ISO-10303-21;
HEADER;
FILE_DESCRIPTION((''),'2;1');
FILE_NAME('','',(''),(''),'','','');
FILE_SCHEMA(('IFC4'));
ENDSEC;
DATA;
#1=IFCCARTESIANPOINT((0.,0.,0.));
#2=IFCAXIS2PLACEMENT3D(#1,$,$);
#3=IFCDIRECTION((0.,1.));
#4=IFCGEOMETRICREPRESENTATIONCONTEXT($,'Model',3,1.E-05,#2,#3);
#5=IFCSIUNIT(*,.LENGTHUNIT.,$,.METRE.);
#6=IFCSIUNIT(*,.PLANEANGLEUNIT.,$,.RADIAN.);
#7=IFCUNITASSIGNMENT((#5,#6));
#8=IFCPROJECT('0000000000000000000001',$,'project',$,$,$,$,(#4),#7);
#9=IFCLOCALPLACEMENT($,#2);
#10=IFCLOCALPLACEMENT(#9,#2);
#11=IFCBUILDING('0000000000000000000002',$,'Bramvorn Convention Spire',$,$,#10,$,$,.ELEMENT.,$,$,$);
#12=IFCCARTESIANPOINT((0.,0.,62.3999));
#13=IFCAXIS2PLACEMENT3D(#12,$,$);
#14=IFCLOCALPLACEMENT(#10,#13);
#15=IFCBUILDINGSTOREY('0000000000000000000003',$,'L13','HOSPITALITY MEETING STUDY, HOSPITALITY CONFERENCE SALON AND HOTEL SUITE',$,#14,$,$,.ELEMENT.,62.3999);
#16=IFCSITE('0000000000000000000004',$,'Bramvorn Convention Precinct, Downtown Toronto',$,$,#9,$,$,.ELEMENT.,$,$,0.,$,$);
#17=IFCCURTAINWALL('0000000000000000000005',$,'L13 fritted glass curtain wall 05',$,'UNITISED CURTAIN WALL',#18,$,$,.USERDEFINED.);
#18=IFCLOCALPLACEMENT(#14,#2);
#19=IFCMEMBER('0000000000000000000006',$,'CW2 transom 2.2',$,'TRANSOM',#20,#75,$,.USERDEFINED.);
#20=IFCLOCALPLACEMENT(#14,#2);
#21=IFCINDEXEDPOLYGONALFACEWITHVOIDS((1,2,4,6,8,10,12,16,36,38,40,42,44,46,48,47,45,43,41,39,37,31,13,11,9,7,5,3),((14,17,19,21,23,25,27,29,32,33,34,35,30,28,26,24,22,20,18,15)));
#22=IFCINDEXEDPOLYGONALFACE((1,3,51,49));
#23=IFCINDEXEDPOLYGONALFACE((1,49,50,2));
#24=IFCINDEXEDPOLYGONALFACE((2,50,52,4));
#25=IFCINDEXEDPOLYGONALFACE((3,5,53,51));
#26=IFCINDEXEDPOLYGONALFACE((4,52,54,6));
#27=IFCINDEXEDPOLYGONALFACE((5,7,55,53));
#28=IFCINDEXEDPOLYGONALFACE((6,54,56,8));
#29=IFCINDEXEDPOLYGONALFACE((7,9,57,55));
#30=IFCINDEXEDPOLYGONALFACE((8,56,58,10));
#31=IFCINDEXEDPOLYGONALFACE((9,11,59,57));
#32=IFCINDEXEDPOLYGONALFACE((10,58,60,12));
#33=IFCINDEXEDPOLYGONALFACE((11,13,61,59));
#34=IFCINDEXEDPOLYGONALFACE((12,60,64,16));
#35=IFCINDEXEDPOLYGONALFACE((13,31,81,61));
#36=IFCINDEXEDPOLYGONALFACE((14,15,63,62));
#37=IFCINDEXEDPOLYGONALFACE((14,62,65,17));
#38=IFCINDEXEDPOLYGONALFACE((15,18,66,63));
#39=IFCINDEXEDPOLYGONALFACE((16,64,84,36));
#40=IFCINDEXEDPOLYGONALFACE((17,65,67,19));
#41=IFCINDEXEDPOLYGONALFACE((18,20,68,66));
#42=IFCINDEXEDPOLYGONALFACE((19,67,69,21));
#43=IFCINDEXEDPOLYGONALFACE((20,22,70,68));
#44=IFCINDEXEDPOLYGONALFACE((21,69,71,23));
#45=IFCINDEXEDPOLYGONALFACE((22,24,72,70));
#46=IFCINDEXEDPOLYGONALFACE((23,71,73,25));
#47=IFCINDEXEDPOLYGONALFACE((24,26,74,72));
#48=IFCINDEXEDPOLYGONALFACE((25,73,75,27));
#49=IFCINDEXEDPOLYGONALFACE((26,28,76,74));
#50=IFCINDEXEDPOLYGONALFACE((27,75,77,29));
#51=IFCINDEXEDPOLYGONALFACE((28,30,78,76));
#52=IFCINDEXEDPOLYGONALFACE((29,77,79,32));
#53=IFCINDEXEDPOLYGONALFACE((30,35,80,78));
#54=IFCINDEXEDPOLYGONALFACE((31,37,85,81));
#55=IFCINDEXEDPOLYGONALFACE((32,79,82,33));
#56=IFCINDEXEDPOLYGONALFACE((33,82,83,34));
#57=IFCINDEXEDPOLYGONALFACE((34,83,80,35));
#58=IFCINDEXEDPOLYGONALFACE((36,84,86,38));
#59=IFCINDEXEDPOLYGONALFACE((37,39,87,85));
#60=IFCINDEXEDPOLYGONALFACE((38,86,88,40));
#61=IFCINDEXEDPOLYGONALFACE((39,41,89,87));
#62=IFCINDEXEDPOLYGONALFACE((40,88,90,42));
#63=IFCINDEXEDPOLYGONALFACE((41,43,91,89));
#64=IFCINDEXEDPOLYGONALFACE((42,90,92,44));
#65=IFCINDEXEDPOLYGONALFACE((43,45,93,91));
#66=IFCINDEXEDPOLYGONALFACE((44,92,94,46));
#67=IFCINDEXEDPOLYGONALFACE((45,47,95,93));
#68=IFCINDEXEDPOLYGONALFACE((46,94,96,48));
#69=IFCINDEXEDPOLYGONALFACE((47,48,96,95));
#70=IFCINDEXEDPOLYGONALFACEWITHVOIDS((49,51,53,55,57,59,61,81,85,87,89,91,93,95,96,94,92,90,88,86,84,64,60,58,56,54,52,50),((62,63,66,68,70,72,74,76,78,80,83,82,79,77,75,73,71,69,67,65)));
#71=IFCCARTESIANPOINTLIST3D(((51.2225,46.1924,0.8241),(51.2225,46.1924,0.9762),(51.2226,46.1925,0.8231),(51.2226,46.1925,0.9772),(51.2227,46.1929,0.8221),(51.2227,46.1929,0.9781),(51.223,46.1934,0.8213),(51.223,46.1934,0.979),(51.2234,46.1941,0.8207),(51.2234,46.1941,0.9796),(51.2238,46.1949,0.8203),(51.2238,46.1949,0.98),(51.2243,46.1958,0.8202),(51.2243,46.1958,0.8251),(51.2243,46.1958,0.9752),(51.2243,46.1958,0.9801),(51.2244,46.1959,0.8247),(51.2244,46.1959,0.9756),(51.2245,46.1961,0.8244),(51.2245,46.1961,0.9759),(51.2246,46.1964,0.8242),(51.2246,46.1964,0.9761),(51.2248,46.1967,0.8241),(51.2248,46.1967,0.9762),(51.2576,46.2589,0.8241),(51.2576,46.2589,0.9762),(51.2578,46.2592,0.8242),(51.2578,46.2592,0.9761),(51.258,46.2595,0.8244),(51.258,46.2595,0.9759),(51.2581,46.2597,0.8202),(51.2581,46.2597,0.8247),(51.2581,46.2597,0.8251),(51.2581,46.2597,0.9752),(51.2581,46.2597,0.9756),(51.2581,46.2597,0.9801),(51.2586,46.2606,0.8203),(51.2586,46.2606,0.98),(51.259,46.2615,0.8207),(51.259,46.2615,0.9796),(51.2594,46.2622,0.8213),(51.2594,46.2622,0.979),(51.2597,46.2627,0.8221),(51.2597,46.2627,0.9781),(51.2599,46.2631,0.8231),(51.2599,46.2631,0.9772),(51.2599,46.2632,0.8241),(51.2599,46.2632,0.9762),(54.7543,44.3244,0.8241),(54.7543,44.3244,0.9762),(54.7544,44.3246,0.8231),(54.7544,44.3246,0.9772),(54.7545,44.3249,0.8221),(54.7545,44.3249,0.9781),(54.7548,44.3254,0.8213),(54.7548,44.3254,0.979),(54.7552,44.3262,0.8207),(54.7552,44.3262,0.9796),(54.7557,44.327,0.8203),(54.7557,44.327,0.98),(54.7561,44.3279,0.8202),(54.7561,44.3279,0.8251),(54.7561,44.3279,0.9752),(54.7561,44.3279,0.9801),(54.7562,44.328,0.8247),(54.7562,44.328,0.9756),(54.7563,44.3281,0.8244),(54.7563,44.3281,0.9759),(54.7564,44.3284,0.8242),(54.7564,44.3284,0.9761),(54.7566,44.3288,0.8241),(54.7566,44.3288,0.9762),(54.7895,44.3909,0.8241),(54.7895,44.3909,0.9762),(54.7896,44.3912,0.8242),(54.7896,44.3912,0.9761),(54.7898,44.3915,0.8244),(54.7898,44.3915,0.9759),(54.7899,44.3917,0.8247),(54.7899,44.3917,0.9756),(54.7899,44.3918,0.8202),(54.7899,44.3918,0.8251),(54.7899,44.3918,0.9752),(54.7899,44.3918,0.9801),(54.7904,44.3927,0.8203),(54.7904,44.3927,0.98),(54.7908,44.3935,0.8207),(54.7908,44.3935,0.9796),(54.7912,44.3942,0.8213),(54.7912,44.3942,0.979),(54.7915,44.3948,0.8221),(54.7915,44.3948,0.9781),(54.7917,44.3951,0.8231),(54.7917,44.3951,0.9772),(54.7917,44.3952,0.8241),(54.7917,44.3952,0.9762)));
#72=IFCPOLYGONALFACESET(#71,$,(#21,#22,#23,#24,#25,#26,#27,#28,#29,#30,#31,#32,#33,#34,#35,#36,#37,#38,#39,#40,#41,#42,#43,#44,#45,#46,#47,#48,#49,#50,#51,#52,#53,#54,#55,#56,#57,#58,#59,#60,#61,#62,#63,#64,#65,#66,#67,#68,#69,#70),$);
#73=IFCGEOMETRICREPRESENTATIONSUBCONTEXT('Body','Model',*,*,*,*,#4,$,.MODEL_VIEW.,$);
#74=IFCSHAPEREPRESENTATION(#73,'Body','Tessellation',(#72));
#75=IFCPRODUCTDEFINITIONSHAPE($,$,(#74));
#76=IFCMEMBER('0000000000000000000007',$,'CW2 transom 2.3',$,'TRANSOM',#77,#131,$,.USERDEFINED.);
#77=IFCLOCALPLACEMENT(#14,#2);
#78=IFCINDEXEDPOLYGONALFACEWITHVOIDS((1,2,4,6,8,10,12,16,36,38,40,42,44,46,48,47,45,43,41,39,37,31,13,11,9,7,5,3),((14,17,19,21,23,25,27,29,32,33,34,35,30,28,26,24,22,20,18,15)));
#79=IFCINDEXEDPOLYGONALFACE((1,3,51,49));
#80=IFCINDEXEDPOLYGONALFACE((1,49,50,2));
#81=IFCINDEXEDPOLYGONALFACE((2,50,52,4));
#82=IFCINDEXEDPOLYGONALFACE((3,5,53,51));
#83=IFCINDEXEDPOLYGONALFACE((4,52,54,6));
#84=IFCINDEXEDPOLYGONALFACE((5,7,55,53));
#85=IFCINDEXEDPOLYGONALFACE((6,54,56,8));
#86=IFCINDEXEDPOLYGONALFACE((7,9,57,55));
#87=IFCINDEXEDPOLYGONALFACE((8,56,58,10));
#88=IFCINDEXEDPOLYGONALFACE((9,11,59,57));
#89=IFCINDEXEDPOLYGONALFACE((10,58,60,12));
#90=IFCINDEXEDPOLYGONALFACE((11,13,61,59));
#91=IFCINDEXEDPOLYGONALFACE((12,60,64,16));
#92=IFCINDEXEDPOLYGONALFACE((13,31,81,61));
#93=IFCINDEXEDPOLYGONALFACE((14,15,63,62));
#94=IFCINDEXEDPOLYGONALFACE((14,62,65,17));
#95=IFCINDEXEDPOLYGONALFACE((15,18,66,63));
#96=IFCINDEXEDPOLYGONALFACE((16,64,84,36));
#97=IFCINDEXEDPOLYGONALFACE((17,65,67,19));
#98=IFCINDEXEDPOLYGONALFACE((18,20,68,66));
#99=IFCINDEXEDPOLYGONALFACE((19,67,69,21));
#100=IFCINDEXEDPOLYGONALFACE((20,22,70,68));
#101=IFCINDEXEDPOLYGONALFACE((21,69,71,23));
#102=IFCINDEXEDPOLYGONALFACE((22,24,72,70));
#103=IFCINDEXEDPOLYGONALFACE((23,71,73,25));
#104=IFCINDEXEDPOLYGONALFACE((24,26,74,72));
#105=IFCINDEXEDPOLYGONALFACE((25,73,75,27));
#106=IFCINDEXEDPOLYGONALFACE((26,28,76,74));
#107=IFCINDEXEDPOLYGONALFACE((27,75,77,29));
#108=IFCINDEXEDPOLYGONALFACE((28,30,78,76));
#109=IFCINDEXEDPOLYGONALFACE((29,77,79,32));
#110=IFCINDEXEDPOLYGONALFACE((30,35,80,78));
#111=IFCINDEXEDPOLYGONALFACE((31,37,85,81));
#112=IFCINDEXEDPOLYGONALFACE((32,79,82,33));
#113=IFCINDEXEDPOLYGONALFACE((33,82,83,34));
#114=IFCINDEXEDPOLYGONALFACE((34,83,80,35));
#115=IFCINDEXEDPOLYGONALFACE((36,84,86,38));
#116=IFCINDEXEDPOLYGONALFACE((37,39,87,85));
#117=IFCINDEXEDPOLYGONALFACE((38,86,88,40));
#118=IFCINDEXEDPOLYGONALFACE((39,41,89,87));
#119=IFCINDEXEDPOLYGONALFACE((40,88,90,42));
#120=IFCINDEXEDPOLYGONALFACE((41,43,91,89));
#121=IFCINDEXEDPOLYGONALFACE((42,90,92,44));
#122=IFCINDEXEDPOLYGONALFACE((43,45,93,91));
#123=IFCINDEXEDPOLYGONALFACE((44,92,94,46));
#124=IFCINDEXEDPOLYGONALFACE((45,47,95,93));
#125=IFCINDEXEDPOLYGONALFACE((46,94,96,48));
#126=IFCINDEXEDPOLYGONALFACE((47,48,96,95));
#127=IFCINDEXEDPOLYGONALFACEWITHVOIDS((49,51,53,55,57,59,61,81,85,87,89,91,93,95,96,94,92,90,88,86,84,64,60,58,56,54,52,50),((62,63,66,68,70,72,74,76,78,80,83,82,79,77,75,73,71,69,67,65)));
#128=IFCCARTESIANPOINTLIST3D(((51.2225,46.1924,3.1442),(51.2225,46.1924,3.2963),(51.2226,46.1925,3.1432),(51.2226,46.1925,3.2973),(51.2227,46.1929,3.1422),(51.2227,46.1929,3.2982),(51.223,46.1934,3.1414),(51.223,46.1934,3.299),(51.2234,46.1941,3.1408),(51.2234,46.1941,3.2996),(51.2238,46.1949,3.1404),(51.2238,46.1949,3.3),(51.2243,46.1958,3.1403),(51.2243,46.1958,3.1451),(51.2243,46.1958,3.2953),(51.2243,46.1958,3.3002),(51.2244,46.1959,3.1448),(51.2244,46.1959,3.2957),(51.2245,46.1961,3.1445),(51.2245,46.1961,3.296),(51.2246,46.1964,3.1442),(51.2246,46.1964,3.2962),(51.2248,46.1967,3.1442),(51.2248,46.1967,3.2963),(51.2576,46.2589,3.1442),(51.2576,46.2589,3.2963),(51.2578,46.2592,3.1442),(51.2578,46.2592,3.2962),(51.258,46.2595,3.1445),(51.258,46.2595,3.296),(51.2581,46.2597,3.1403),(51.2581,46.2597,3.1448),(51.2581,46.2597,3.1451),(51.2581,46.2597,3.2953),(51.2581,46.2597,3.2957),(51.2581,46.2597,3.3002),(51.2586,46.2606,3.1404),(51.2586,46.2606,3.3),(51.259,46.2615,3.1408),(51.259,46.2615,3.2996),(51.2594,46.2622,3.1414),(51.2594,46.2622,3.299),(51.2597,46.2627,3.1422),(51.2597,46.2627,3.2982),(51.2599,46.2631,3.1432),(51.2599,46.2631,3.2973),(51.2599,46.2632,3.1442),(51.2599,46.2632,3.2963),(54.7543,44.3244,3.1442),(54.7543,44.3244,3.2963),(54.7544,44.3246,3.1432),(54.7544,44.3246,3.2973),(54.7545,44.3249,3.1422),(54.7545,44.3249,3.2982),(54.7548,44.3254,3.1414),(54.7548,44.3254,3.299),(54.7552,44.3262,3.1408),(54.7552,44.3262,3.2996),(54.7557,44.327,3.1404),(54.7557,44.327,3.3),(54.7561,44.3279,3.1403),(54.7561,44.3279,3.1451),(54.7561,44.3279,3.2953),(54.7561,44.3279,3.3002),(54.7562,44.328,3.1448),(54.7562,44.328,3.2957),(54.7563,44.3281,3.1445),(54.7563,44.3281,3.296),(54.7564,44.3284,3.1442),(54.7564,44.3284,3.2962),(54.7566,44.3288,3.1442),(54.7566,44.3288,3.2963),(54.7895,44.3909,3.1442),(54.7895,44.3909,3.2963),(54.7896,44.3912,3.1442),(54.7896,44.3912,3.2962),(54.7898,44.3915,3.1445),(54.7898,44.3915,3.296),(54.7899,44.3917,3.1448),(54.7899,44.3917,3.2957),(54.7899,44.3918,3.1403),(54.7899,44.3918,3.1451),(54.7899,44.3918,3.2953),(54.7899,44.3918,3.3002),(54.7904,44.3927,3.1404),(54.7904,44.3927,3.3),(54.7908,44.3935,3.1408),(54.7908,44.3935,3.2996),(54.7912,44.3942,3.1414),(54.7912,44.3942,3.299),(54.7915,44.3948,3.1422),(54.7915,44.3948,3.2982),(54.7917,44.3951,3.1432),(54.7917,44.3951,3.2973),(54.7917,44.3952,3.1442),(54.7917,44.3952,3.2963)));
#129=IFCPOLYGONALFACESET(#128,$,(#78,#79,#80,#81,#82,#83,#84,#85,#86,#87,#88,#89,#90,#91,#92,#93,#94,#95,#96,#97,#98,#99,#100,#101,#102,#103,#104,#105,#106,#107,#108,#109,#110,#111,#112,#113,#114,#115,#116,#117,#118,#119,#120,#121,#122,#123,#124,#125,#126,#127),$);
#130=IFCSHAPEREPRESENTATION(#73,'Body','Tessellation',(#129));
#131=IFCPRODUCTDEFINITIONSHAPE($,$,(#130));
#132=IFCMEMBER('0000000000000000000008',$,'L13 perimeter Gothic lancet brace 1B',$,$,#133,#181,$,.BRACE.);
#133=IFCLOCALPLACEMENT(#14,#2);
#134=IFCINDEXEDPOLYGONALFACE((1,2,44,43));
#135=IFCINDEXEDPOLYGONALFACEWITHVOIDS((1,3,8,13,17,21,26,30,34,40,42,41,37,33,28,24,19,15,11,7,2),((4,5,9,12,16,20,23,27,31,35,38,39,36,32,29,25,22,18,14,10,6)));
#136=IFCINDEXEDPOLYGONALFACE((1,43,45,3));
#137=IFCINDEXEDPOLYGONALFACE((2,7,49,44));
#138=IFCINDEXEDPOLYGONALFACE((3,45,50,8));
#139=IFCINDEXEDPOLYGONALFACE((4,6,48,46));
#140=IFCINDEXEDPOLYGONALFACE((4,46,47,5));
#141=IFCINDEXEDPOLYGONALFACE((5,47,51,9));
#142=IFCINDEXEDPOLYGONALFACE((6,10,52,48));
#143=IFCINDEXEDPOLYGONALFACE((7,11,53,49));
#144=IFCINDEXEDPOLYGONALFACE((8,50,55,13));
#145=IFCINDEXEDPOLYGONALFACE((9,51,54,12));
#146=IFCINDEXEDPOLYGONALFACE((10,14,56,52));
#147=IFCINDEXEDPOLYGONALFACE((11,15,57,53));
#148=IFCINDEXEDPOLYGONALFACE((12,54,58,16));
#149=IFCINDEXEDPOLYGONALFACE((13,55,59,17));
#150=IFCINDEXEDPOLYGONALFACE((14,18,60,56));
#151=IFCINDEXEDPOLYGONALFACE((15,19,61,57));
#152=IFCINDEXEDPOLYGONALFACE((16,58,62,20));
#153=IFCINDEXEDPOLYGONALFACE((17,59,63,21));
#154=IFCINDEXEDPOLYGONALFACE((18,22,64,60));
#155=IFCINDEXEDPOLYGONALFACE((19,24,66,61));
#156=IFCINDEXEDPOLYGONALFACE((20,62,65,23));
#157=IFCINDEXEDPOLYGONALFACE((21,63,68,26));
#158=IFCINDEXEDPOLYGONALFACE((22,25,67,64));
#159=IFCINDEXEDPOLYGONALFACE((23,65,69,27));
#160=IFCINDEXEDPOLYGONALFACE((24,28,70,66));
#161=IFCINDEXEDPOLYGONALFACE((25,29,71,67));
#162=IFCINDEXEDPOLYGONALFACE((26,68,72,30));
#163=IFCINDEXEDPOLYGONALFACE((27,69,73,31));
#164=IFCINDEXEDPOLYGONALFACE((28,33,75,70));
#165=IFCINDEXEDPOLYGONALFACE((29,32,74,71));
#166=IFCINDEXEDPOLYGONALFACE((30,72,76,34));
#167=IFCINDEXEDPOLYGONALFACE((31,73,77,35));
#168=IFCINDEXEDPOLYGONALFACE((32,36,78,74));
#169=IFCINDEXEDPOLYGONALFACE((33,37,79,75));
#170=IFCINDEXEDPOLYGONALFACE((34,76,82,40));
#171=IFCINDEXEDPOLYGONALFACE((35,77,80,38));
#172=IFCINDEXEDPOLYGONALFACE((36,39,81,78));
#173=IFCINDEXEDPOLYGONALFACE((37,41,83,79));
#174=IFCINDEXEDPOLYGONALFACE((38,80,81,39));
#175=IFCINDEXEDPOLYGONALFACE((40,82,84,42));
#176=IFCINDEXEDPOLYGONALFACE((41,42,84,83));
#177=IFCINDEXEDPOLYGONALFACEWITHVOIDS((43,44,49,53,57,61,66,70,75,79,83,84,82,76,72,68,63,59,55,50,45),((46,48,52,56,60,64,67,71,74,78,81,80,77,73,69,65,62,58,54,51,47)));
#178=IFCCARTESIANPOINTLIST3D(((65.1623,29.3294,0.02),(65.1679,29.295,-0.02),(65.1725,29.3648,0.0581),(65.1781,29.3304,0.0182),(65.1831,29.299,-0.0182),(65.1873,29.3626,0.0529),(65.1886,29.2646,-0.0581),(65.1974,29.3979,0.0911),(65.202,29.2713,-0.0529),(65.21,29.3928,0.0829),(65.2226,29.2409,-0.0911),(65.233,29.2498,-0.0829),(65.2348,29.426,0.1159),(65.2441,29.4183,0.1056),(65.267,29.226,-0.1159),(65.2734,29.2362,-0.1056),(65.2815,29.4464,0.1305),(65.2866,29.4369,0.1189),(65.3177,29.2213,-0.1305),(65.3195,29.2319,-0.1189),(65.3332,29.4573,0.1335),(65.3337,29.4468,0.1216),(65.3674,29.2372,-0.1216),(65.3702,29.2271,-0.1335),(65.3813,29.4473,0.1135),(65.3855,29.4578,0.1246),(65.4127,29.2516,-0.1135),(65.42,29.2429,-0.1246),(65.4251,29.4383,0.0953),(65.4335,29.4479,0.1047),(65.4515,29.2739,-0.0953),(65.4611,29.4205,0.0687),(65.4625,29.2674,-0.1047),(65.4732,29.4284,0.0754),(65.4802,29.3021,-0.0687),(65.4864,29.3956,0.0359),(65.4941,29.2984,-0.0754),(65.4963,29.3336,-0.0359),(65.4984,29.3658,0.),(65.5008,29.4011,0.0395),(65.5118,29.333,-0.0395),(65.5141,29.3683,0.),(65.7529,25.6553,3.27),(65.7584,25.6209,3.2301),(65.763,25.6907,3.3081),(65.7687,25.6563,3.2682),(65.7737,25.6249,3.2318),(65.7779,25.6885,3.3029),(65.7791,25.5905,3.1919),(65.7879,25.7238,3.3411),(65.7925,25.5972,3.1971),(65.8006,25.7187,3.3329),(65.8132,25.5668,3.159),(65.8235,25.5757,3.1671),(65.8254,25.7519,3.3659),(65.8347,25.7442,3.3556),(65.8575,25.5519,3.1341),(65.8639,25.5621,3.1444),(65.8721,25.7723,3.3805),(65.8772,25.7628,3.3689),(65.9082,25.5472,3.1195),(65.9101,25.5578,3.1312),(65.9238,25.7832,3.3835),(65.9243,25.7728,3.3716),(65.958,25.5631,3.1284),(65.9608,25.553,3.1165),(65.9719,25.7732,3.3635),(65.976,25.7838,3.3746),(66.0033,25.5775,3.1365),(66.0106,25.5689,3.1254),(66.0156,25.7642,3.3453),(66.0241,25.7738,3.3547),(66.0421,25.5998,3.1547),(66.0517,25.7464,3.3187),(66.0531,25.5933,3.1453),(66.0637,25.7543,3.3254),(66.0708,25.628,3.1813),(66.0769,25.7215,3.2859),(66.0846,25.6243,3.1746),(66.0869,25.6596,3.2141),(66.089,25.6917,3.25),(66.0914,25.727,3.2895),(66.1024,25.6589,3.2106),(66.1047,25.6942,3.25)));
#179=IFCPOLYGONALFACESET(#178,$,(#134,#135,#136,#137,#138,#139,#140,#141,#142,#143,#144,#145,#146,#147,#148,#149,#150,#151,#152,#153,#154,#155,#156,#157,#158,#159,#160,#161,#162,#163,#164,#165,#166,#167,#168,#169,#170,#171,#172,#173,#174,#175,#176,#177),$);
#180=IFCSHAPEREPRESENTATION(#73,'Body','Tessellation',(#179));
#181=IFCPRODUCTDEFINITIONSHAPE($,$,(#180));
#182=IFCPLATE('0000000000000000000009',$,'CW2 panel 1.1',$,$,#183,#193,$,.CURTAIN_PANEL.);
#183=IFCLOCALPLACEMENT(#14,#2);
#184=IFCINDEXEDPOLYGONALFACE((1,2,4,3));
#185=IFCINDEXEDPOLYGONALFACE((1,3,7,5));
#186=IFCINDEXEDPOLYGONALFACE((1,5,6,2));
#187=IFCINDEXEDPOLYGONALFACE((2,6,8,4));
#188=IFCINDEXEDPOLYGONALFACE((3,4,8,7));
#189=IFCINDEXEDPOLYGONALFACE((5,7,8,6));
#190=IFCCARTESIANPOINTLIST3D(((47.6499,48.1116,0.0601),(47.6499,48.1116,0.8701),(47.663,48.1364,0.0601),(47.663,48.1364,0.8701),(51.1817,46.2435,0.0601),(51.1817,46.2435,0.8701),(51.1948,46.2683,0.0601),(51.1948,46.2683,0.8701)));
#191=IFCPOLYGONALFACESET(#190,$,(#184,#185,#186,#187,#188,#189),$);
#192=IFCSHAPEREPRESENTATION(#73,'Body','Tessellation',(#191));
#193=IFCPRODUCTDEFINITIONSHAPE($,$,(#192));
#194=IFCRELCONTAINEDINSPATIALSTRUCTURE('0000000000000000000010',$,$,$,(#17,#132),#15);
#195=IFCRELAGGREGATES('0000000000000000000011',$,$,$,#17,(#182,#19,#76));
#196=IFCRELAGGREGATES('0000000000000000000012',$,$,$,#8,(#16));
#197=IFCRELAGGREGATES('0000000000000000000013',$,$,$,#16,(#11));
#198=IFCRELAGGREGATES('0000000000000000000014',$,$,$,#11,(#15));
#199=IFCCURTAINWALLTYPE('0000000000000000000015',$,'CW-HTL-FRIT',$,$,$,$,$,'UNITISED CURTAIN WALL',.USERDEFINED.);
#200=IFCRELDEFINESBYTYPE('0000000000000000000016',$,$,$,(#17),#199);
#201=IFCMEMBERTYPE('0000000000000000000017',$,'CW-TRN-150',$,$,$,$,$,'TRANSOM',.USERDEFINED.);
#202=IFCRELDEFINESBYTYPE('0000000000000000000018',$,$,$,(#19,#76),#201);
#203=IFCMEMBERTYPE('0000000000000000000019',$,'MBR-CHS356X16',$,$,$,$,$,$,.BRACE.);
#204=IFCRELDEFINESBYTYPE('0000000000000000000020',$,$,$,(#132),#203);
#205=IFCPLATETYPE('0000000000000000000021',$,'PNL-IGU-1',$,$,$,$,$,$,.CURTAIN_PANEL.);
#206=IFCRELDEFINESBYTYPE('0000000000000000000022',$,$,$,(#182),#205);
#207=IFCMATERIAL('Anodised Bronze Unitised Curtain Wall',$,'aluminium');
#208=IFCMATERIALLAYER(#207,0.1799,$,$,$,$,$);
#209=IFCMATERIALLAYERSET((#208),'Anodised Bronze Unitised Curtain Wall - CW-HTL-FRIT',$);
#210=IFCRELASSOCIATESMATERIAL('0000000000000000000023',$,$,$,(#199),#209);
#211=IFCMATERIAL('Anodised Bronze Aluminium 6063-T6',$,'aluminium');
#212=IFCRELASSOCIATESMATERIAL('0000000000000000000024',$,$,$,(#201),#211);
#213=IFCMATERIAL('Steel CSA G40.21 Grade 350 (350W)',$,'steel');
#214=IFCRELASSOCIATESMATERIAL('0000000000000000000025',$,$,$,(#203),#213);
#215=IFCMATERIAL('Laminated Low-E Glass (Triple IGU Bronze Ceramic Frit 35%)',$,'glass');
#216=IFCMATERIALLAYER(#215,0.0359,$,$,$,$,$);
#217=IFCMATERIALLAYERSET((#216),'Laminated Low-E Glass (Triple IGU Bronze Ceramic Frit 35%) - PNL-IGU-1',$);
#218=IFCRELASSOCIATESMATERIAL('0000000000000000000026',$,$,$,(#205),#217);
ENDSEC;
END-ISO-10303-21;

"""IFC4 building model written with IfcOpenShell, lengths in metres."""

from ifc_helpers import new_model, si_unit, direction, frame, origin, origin_2d, place, context, subcontext, project, spatial, rectangle, hollow_rectangle, hollow_circle, extrude, material, layer, layer_set, material_profile, profile_set, type_object, element, aggregate, save


model = new_model("IFC4")

# Units and contexts
model_context = context("Model", 3, precision=1e-05, world=origin(), true_north=direction((0.0, 1.0)))
body_context = subcontext(model_context, "Body", "Model", "MODEL_VIEW")
ifc_project = project(units=[si_unit("LENGTHUNIT", "METRE"), si_unit("PLANEANGLEUNIT", "RADIAN")], contexts=[model_context])

# Site, building, storey
site_placement = place(None, origin())
site = spatial("IfcSite", under=ifc_project, at=site_placement, Name="Bramvorn Convention Precinct, Downtown Toronto", CompositionType="ELEMENT", RefElevation=0.0)
building_placement = place(site_placement, origin())
building = spatial("IfcBuilding", under=site, at=building_placement, Name="Bramvorn Convention Spire", CompositionType="ELEMENT")
storey_placement = place(building_placement, frame((0.0, 0.0, 62.3999)))
storey = spatial("IfcBuildingStorey", under=building, at=storey_placement, Name="L13", Description="HOSPITALITY MEETING STUDY, HOSPITALITY CONFERENCE SALON AND HOTEL SUITE", CompositionType="ELEMENT", Elevation=62.3999)

# Shared definitions
ifc_material_1 = material(Name="Steel CSA G40.21 Grade 350 (350W)", Category="steel")

# Curtain wall, members
ifc_material_2 = material(Name="Anodised Bronze Unitised Curtain Wall", Category="aluminium")
ifc_layer_1 = layer(ifc_material_2, 0.1799)
ifc_layer_set_1 = layer_set([ifc_layer_1], Name="Anodised Bronze Unitised Curtain Wall - CW-HTL-FRIT")
curtain_wall_type = type_object("IfcCurtainWallType", Name="CW-HTL-FRIT", ElementType="UNITISED CURTAIN WALL", PredefinedType="USERDEFINED", material=ifc_layer_set_1)
curtain_wall_placement = place(storey_placement, origin())
curtain_wall = element("IfcCurtainWall", 1, at=curtain_wall_placement, inside=storey, type_object=curtain_wall_type, Name="L13 fritted glass curtain wall 05", ObjectType="UNITISED CURTAIN WALL", PredefinedType="USERDEFINED")
ifc_material_3 = material(Name="Anodised Bronze Aluminium 6063-T6", Category="aluminium")
ifc_material_profile_1 = material_profile(ifc_material_3, hollow_rectangle(XDim=0.0801, YDim=0.1599, WallThickness=0.0039, InnerFilletRadius=0.001, OuterFilletRadius=0.0039, at=origin_2d()))
ifc_profile_set_1 = profile_set([ifc_material_profile_1], Name="Anodised Bronze Aluminium 6063-T6 - CWT80X160")
member_type_1 = type_object("IfcMemberType", Name="CW-TRN-150", ElementType="TRANSOM", PredefinedType="USERDEFINED", material=ifc_profile_set_1)
member_1_placement = place(storey_placement, frame((51.2412, 46.2278, 0.9001), z_axis=(0.883977, -0.467531, 0.0), x_axis=(0.467531, 0.883977, 0.0)))
member_1 = element("IfcMember", 2, at=member_1_placement, type_object=member_type_1, Name="CW2 transom 2.2", ObjectType="TRANSOM", PredefinedType="USERDEFINED", context=body_context, shape_type="SweptSolid", body=[
    extrude(hollow_rectangle(XDim=0.0801, YDim=0.1599, WallThickness=0.0039, InnerFilletRadius=0.001, OuterFilletRadius=0.0039, at=origin_2d()), origin(), (0.0, 0.0, 1.0), 3.9954),
])
member_2_placement = place(storey_placement, frame((51.2412, 46.2278, 3.2202), z_axis=(0.883977, -0.467531, 0.0), x_axis=(0.467531, 0.883977, 0.0)))
member_2 = element("IfcMember", 3, at=member_2_placement, type_object=member_type_1, Name="CW2 transom 2.3", ObjectType="TRANSOM", PredefinedType="USERDEFINED", context=body_context, shape_type="SweptSolid", body=[
    extrude(hollow_rectangle(XDim=0.0801, YDim=0.1599, WallThickness=0.0039, InnerFilletRadius=0.001, OuterFilletRadius=0.0039, at=origin_2d()), origin(), (0.0, 0.0, 1.0), 3.9954),
])

# Member
ifc_material_profile_2 = material_profile(ifc_material_1, hollow_circle(Radius=0.1777, WallThickness=0.0159, at=origin_2d()))
ifc_profile_set_2 = profile_set([ifc_material_profile_2], Name="Steel CSA G40.21 Grade 350 (350W) - CHS356X16")
member_type_2 = type_object("IfcMemberType", Name="MBR-CHS356X16", PredefinedType="BRACE", material=ifc_profile_set_2)
member_3_placement = place(storey_placement, frame((65.3386, 29.3401, 0.0), z_axis=(0.119534, -0.74364, 0.657807), x_axis=(0.987326, 0.158704, 0.0)))
element("IfcMember", 4, at=member_3_placement, inside=storey, type_object=member_type_2, Name="L13 perimeter Gothic lancet brace 1B", PredefinedType="BRACE", context=body_context, shape_type="SweptSolid", body=[
    extrude(hollow_circle(Radius=0.1777, WallThickness=0.0159, at=origin_2d()), origin(), (0.0, 0.0, 1.0), 4.9407),
])

# Plate
ifc_material_4 = material(Name="Laminated Low-E Glass (Triple IGU Bronze Ceramic Frit 35%)", Category="glass")
ifc_layer_2 = layer(ifc_material_4, 0.0359)
ifc_layer_set_2 = layer_set([ifc_layer_2], Name="Laminated Low-E Glass (Triple IGU Bronze Ceramic Frit 35%) - PNL-IGU-1")
plate_type = type_object("IfcPlateType", Name="PNL-IGU-1", PredefinedType="CURTAIN_PANEL", material=ifc_layer_set_2)
plate_1_placement = place(storey_placement, frame((49.4224, 47.1899, 0.0601), z_axis=(0.0, 0.0, 1.0), x_axis=(0.883964, -0.467555, 0.0)))
plate_1 = element("IfcPlate", 5, at=plate_1_placement, type_object=plate_type, Name="CW2 panel 1.1", PredefinedType="CURTAIN_PANEL", context=body_context, shape_type="SweptSolid", body=[
    extrude(rectangle(XDim=3.9954, YDim=0.0281, at=origin_2d()), origin(), (0.0, 0.0, 1.0), 0.8101),
])
aggregate(curtain_wall, [plate_1, member_1, member_2])

save(model, "model.ifc")
